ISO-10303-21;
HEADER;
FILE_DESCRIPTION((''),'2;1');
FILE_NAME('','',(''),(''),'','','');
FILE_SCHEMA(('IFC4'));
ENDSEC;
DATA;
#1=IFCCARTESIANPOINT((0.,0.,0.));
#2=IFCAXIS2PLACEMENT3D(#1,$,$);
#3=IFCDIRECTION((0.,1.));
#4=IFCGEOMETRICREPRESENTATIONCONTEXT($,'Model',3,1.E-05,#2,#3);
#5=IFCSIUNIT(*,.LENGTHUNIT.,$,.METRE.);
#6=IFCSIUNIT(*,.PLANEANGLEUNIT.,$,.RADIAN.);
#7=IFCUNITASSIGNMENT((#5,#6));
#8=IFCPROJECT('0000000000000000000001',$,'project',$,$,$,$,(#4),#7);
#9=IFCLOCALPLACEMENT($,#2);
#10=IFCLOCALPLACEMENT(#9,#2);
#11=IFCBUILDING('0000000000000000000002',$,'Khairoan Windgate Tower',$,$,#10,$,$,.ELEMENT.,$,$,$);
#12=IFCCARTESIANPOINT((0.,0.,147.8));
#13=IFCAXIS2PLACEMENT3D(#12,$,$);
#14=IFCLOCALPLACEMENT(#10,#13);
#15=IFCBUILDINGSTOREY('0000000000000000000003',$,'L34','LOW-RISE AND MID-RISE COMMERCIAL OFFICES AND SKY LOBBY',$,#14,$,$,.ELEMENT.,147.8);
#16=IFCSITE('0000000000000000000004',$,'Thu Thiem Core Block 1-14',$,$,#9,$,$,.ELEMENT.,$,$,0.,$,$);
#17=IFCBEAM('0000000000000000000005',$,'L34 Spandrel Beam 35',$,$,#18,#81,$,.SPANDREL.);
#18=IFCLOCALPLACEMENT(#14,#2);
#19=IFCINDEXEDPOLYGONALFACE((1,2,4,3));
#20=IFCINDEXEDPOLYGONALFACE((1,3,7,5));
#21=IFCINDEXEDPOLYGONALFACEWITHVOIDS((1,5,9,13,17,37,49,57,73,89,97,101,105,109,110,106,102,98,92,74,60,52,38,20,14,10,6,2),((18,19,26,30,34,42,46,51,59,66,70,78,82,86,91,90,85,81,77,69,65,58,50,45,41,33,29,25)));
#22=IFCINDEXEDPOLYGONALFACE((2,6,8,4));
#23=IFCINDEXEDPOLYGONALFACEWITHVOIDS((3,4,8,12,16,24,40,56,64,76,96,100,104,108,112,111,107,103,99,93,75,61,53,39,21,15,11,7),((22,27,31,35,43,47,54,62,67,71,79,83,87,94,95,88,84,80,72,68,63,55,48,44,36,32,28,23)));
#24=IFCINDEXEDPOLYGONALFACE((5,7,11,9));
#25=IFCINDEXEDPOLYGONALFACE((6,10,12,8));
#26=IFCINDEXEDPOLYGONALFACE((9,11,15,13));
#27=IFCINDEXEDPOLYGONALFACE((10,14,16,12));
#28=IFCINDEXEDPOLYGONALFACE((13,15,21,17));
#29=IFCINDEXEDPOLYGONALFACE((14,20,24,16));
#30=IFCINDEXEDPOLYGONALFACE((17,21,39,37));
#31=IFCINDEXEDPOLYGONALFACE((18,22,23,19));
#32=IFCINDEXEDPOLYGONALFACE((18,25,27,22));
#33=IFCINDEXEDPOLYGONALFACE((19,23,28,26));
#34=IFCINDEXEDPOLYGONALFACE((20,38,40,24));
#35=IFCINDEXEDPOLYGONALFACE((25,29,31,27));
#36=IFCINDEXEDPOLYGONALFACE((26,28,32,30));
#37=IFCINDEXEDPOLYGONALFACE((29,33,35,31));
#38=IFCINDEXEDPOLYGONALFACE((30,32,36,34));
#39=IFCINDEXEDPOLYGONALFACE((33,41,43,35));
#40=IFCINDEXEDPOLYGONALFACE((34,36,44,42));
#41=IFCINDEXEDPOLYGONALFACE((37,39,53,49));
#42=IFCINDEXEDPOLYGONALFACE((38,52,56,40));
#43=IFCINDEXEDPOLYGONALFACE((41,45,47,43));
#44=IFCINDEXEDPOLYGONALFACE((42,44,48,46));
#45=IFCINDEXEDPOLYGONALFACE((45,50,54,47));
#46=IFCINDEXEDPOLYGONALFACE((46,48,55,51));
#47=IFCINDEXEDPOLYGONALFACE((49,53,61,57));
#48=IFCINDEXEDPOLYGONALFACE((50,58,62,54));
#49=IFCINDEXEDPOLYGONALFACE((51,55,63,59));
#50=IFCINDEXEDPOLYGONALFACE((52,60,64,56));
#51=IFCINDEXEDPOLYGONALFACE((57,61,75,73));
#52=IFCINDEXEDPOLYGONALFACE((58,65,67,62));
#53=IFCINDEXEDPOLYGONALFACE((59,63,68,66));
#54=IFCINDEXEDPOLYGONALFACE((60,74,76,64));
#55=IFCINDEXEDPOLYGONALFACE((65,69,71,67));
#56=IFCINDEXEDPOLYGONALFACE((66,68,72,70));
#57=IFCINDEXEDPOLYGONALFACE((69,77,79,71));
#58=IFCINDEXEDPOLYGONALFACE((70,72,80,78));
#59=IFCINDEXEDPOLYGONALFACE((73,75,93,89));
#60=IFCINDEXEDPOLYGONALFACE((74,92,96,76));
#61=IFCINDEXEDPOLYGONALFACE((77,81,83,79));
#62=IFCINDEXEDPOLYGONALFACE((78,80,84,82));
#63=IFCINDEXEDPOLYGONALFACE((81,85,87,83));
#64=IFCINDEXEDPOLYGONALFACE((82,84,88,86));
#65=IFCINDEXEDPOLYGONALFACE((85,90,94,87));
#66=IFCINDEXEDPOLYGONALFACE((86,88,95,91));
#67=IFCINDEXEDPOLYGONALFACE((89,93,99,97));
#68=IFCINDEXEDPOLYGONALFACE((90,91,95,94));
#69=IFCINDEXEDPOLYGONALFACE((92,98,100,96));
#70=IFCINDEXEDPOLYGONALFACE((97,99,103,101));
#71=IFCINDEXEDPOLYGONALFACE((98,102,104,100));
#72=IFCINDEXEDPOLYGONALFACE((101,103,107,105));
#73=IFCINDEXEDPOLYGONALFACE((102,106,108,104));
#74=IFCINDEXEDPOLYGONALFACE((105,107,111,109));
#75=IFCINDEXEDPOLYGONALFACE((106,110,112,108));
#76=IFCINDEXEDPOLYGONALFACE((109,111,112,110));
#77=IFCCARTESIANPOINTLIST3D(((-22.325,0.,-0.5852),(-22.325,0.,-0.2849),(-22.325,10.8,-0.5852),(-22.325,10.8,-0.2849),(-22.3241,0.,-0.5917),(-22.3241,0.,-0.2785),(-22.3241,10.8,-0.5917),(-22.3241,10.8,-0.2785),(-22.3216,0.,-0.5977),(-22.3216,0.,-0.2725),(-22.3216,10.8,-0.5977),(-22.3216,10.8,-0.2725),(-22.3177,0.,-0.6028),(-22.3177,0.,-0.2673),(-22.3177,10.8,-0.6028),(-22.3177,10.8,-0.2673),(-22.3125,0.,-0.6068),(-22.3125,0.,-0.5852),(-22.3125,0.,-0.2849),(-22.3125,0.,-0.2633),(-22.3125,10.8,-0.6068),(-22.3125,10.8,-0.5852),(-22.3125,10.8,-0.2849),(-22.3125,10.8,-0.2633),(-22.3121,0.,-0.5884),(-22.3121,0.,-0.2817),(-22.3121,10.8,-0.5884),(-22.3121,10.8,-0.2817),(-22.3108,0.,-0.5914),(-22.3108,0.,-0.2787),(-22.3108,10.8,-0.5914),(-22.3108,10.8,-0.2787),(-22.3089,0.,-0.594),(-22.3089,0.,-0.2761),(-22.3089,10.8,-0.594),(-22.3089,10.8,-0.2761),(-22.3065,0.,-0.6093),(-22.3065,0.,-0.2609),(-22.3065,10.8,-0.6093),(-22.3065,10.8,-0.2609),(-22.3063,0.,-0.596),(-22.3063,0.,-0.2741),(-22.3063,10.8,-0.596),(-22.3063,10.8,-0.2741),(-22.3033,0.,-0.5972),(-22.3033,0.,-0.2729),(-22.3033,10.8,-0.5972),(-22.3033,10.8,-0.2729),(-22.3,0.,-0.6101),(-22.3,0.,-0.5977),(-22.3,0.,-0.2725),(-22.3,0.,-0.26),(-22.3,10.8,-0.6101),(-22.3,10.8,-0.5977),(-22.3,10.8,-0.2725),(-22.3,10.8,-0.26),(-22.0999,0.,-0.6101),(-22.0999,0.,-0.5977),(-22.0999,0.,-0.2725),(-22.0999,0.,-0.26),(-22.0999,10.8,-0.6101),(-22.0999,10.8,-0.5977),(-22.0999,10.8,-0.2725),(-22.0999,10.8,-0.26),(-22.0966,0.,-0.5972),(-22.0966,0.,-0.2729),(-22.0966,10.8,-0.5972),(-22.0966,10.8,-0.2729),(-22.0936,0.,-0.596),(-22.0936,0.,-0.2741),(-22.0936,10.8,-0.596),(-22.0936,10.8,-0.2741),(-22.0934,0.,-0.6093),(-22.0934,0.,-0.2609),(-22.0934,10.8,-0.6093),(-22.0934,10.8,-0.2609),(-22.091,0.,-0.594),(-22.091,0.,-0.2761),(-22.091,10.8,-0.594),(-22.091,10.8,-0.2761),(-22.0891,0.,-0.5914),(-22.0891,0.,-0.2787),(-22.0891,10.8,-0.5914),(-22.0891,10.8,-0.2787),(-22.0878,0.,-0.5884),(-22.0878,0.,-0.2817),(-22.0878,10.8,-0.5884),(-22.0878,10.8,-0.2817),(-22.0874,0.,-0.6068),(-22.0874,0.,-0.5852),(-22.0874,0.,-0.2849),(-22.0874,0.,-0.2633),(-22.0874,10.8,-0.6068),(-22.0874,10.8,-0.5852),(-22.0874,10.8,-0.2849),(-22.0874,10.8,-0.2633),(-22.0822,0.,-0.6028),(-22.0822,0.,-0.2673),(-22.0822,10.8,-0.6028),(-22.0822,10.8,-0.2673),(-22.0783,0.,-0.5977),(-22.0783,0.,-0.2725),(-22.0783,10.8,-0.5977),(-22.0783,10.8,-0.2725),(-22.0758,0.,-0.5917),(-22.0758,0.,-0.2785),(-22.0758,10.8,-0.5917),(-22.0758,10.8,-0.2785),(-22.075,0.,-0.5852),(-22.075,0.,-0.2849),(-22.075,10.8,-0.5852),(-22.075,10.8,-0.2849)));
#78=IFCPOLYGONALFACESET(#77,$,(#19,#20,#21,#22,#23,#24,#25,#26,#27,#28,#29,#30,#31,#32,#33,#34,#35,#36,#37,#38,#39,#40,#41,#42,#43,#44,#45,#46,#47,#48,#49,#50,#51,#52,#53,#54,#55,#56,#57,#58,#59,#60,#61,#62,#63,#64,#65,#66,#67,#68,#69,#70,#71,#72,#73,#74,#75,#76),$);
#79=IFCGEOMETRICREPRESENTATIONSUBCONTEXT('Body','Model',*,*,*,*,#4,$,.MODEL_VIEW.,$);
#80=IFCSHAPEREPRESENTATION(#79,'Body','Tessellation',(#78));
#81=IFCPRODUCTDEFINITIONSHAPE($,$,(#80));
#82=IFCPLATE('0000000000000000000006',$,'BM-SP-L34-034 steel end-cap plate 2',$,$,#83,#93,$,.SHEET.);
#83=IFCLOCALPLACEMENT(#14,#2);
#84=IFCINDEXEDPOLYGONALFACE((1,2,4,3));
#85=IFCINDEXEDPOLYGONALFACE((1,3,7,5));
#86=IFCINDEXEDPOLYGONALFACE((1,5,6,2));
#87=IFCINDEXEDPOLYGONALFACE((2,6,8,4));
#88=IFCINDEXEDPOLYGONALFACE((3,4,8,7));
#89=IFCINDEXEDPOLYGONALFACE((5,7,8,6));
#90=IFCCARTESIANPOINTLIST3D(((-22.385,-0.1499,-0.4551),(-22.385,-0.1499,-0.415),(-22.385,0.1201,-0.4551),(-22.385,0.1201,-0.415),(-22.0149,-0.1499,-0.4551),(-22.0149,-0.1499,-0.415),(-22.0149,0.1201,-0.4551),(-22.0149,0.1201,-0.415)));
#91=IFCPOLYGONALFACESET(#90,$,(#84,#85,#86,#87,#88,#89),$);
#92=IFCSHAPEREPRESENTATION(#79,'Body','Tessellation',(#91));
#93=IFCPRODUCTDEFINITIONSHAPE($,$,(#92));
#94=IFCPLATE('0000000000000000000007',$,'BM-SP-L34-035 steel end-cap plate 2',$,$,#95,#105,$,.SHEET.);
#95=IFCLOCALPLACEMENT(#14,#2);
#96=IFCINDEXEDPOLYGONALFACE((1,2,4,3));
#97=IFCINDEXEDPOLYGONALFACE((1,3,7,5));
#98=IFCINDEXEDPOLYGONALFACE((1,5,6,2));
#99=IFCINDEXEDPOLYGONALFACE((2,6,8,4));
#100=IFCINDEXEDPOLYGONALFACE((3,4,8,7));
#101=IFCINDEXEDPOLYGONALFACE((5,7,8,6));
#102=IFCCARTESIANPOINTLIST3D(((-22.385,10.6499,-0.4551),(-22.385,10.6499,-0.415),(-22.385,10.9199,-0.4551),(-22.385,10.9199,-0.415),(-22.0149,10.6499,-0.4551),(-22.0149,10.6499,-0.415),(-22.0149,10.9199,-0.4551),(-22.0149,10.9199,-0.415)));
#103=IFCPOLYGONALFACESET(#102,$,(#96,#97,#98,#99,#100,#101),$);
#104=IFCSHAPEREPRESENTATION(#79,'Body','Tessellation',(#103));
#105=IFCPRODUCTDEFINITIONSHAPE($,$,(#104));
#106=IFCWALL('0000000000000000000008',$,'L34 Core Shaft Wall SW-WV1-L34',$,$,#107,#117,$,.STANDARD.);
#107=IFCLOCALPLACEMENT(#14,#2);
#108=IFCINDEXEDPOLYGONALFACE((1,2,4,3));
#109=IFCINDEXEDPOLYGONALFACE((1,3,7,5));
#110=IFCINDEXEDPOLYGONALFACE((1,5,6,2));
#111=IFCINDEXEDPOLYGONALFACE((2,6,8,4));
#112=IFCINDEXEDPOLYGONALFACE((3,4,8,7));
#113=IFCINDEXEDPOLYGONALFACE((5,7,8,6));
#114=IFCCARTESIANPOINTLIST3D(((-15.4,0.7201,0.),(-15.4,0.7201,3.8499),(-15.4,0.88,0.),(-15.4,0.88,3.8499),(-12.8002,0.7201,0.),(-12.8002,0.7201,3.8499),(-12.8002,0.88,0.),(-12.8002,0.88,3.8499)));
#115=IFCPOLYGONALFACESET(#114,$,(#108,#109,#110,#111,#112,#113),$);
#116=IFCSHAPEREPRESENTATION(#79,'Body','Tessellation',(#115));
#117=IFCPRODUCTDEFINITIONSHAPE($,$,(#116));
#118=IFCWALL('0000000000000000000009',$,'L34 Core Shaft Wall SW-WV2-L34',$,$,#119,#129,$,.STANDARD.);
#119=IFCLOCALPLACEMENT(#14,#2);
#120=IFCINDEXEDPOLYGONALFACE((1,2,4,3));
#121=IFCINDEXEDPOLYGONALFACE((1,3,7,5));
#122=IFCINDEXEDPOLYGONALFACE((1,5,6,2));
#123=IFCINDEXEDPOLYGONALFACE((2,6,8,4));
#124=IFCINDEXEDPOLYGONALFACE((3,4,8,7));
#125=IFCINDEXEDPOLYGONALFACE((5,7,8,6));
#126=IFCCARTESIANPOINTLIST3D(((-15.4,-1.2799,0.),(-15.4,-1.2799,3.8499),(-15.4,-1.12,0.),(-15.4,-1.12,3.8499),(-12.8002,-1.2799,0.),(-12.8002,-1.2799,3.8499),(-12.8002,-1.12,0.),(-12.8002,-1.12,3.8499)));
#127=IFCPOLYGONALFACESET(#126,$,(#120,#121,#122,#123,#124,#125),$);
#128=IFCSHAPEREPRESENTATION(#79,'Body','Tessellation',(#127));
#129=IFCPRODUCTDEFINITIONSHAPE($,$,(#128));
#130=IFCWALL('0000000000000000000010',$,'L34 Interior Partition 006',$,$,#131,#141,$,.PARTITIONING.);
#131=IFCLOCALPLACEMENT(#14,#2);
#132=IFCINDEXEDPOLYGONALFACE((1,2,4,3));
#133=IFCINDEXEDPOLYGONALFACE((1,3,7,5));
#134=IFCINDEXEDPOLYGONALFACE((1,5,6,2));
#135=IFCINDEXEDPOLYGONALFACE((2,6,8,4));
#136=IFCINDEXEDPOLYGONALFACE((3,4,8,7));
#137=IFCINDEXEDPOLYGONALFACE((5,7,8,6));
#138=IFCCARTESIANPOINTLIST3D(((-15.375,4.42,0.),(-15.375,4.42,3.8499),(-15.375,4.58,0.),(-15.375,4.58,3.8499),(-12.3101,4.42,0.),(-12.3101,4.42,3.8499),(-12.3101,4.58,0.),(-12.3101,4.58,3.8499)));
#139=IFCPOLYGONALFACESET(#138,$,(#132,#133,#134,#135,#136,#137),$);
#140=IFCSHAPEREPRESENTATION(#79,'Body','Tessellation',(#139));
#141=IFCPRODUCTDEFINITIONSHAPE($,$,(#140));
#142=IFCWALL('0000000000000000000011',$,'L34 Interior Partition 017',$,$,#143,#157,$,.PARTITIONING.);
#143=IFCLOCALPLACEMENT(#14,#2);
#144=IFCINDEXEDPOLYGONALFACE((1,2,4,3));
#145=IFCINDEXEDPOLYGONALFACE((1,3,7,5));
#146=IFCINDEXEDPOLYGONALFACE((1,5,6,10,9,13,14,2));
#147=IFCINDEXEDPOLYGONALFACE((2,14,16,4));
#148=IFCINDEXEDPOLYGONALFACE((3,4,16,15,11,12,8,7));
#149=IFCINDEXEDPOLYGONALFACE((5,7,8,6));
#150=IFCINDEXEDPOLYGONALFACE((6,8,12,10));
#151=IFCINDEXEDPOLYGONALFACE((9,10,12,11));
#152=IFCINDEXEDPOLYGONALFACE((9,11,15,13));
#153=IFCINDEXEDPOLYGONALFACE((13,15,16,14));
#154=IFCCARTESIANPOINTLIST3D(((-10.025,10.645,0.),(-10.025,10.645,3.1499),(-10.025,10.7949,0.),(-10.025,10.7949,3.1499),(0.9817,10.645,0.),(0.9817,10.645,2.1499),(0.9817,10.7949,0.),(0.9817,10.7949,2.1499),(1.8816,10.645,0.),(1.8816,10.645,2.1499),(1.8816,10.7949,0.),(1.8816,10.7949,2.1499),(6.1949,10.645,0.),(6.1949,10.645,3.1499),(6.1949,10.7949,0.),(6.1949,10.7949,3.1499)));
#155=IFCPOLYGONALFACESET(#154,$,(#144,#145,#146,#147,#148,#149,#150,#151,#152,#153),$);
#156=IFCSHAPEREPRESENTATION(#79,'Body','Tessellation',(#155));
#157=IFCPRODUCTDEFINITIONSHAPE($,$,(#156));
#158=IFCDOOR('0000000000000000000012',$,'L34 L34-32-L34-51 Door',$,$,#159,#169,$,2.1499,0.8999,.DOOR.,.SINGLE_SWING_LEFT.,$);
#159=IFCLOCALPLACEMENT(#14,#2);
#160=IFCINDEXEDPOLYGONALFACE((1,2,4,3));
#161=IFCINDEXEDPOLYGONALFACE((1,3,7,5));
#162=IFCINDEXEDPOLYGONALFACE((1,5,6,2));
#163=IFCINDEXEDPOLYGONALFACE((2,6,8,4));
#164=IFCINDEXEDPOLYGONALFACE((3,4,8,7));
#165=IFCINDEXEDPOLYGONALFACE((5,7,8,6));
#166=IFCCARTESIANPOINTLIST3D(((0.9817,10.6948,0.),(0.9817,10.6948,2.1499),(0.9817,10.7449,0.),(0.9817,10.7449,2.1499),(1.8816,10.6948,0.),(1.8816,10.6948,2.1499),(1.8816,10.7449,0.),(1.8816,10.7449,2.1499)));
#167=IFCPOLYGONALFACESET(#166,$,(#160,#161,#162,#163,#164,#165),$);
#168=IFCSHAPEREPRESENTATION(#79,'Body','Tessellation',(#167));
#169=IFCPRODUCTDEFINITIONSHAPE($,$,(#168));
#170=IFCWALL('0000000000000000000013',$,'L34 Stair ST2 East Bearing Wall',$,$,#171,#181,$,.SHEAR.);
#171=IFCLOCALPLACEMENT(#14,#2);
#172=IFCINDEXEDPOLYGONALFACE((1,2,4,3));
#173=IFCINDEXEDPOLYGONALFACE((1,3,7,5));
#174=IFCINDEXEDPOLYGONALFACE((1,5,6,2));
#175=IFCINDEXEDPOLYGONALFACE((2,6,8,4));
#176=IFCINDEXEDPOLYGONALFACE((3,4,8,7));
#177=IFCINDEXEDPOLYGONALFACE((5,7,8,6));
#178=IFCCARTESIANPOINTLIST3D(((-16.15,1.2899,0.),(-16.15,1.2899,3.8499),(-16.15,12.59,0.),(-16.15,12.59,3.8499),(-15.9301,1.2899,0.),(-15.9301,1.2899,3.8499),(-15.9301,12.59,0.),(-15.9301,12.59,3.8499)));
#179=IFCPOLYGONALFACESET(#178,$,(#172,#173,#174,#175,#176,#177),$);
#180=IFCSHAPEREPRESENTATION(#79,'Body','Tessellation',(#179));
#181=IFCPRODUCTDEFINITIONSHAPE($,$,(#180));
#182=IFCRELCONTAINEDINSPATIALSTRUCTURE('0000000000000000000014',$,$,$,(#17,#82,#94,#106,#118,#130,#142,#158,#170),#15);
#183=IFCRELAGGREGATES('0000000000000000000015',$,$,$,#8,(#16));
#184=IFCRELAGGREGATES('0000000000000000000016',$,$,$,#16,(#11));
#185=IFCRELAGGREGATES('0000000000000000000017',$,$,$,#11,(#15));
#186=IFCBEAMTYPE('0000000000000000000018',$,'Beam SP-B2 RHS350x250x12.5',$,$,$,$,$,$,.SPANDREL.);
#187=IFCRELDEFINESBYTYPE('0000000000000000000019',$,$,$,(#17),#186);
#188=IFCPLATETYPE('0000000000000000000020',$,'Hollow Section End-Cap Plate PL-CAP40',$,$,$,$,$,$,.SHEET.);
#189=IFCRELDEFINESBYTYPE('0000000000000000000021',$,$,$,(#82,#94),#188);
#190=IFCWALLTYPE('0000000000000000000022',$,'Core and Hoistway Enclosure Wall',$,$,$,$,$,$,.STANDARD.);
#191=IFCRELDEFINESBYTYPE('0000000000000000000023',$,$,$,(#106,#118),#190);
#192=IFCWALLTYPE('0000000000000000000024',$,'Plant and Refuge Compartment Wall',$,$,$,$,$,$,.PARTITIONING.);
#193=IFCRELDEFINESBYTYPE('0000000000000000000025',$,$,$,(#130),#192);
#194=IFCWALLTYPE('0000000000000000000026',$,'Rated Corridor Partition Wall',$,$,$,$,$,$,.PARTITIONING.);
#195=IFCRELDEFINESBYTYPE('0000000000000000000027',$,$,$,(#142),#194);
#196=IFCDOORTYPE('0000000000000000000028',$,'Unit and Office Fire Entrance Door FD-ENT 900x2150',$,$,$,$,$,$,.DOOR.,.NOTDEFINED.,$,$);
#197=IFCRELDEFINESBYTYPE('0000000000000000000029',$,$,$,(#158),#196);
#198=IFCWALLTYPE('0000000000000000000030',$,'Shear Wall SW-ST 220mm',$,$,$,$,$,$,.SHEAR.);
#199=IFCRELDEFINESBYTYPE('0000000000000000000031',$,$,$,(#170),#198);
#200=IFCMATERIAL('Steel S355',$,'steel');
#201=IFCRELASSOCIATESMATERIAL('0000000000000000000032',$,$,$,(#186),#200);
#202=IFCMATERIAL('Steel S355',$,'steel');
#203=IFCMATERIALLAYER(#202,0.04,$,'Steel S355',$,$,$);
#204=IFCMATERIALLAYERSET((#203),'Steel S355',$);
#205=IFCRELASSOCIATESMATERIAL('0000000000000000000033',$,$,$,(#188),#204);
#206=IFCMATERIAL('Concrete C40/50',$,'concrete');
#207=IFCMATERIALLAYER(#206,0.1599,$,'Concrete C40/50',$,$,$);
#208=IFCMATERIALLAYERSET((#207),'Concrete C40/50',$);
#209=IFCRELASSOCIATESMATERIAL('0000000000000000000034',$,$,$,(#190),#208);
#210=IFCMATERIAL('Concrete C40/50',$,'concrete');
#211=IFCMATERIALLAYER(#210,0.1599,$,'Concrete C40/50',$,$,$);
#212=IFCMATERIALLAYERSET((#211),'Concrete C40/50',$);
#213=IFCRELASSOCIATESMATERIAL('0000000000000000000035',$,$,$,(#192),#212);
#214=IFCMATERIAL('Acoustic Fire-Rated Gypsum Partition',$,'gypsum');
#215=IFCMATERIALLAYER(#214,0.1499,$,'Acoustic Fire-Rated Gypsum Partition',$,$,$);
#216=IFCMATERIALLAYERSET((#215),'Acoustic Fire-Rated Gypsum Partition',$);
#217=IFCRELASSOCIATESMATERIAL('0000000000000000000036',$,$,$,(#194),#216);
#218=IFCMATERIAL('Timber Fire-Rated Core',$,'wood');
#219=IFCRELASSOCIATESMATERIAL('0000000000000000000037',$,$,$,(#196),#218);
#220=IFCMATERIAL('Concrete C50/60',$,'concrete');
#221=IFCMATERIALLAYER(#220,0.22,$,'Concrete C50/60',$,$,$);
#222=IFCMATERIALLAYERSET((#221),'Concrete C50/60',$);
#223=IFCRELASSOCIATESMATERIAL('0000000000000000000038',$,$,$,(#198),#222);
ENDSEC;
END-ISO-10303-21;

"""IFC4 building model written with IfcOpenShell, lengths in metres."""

from ifc_helpers import new_model, si_unit, direction, frame, frame_2d, origin, origin_2d, place, context, subcontext, project, spatial, rectangle, hollow_rectangle, extrude, material, layer, layer_set, material_profile, profile_set, type_object, element, fill, save


model = new_model("IFC4")

# Units and contexts
model_context = context("Model", 3, precision=1e-05, world=origin(), true_north=direction((0.0, 1.0)))
body_context = subcontext(model_context, "Body", "Model", "MODEL_VIEW")
ifc_project = project(units=[si_unit("LENGTHUNIT", "METRE"), si_unit("PLANEANGLEUNIT", "RADIAN")], contexts=[model_context])

# Site, building, storey
site_placement = place(None, origin())
site = spatial("IfcSite", under=ifc_project, at=site_placement, Name="Thu Thiem Core Block 1-14", CompositionType="ELEMENT", RefElevation=0.0)
building_placement = place(site_placement, origin())
building = spatial("IfcBuilding", under=site, at=building_placement, Name="Khairoan Windgate Tower", CompositionType="ELEMENT")
storey_placement = place(building_placement, frame((0.0, 0.0, 147.8)))
storey = spatial("IfcBuildingStorey", under=building, at=storey_placement, Name="L34", Description="LOW-RISE AND MID-RISE COMMERCIAL OFFICES AND SKY LOBBY", CompositionType="ELEMENT", Elevation=147.8)

# Beam
ifc_material_1 = material(Name="Steel S355", Category="steel")
ifc_material_profile_1 = material_profile(ifc_material_1, hollow_rectangle(XDim=0.25, YDim=0.3501, WallThickness=0.0125, InnerFilletRadius=0.0125, OuterFilletRadius=0.0249, at=origin_2d()))
ifc_profile_set_1 = profile_set([ifc_material_profile_1], Name="Steel S355")
beam_type_1 = type_object("IfcBeamType", Name="Beam SP-B2 RHS350x250x12.5", PredefinedType="SPANDREL", material=ifc_profile_set_1)
beam_1_placement = place(storey_placement, frame((-22.2, 0.0, -0.4351), z_axis=(0.0, 1.0, 0.0), x_axis=(-1.0, 0.0, 0.0)))
element("IfcBeam", 1, at=beam_1_placement, inside=storey, type_object=beam_type_1, Name="L34 Spandrel Beam 35", PredefinedType="SPANDREL", context=body_context, shape_type="SweptSolid", body=[
    extrude(hollow_rectangle(XDim=0.25, YDim=0.3501, WallThickness=0.0125, InnerFilletRadius=0.0125, OuterFilletRadius=0.0249, at=origin_2d()), origin(), (0.0, 0.0, 1.0), 10.8),
])

# Plates
ifc_material_2 = material(Name="Steel S355", Category="steel")
ifc_layer_1 = layer(ifc_material_2, 0.04, Name="Steel S355")
ifc_layer_set_1 = layer_set([ifc_layer_1], Name="Steel S355")
plate_type = type_object("IfcPlateType", Name="Hollow Section End-Cap Plate PL-CAP40", PredefinedType="SHEET", material=ifc_layer_set_1)
for number, where, z_axis, x_axis, name in (
    (2, (-22.2, -0.0149, -0.4551), (0.0, 0.0, 1.0), (0.0, 1.0, 0.0), "BM-SP-L34-034 steel end-cap plate 2"),
    (3, (-22.2, 10.7849, -0.4551), (0.0, 0.0, 1.0), (0.0, 1.0, 0.0), "BM-SP-L34-035 steel end-cap plate 2"),
):
    element("IfcPlate", number, at=place(storey_placement, frame(where, z_axis=z_axis, x_axis=x_axis)), inside=storey, type_object=plate_type, Name=name, PredefinedType="SHEET", context=body_context, shape_type="SweptSolid", body=[
        extrude(rectangle(XDim=0.27, YDim=0.3701, at=origin_2d()), origin(), (0.0, 0.0, 1.0), 0.04),
    ])

# Walls
ifc_material_3 = material(Name="Concrete C40/50", Category="concrete")
ifc_layer_2 = layer(ifc_material_3, 0.1599, Name="Concrete C40/50")
ifc_layer_set_2 = layer_set([ifc_layer_2], Name="Concrete C40/50")
wall_type_1 = type_object("IfcWallType", Name="Core and Hoistway Enclosure Wall", PredefinedType="STANDARD", material=ifc_layer_set_2)
for number, where, z_axis, x_axis, name in (
    (4, (-15.3999, 0.8, 0.0), (0.0, 0.0, 1.0), (1.0, 0.0, 0.0), "L34 Core Shaft Wall SW-WV1-L34"),
    (5, (-15.3999, -1.2, 0.0), (0.0, 0.0, 1.0), (1.0, 0.0, 0.0), "L34 Core Shaft Wall SW-WV2-L34"),
):
    element("IfcWall", number, at=place(storey_placement, frame(where, z_axis=z_axis, x_axis=x_axis)), inside=storey, type_object=wall_type_1, Name=name, PredefinedType="STANDARD", context=body_context, shape_type="SweptSolid", body=[
        extrude(rectangle(XDim=2.5999, YDim=0.1599, at=frame_2d((1.2998, 0.0))), origin(), (0.0, 0.0, 1.0), 3.8499),
    ])
ifc_material_4 = material(Name="Concrete C40/50", Category="concrete")
ifc_layer_3 = layer(ifc_material_4, 0.1599, Name="Concrete C40/50")
ifc_layer_set_3 = layer_set([ifc_layer_3], Name="Concrete C40/50")
wall_type_2 = type_object("IfcWallType", Name="Plant and Refuge Compartment Wall", PredefinedType="PARTITIONING", material=ifc_layer_set_3)
wall_1_placement = place(storey_placement, frame((-15.375, 4.5, 0.0), z_axis=(0.0, 0.0, 1.0), x_axis=(1.0, 0.0, 0.0)))
element("IfcWall", 6, at=wall_1_placement, inside=storey, type_object=wall_type_2, Name="L34 Interior Partition 006", PredefinedType="PARTITIONING", context=body_context, shape_type="SweptSolid", body=[
    extrude(rectangle(XDim=3.0649, YDim=0.1599, at=frame_2d((1.5325, 0.0))), origin(), (0.0, 0.0, 1.0), 3.8499),
])

# Wall, opening, door
ifc_material_5 = material(Name="Acoustic Fire-Rated Gypsum Partition", Category="gypsum")
ifc_layer_4 = layer(ifc_material_5, 0.1499, Name="Acoustic Fire-Rated Gypsum Partition")
ifc_layer_set_4 = layer_set([ifc_layer_4], Name="Acoustic Fire-Rated Gypsum Partition")
wall_type_3 = type_object("IfcWallType", Name="Rated Corridor Partition Wall", PredefinedType="PARTITIONING", material=ifc_layer_set_4)
wall_2_placement = place(storey_placement, frame((-10.0249, 10.72, 0.0), z_axis=(0.0, 0.0, 1.0), x_axis=(1.0, 0.0, 0.0)))
wall_2 = element("IfcWall", 7, at=wall_2_placement, inside=storey, type_object=wall_type_3, Name="L34 Interior Partition 017", PredefinedType="PARTITIONING", context=body_context, shape_type="SweptSolid", body=[
    extrude(rectangle(XDim=16.22, YDim=0.1499, at=frame_2d((8.1099, 0.0))), origin(), (0.0, 0.0, 1.0), 3.1499),
])
opening_1_placement = place(wall_2_placement, frame((11.0066, 0.0, 0.0)))
opening_1 = element("IfcOpeningElement", 8, at=opening_1_placement, cuts=wall_2, PredefinedType="OPENING", context=body_context, shape_type="SweptSolid", body=[
    extrude(rectangle(XDim=0.8999, YDim=2.1499, at=frame_2d((0.45, 1.075))), frame((0.0, 0.085, 0.0), z_axis=(0.0, -1.0, 0.0), x_axis=(1.0, 0.0, 0.0)), (0.0, 0.0, 1.0), 0.1699),
])
ifc_material_6 = material(Name="Timber Fire-Rated Core", Category="wood")
door_type_1 = type_object("IfcDoorType", Name="Unit and Office Fire Entrance Door FD-ENT 900x2150", OperationType="NOTDEFINED", PredefinedType="DOOR", material=ifc_material_6)
door_1_placement = place(opening_1_placement, origin())
door_1 = element("IfcDoor", 9, at=door_1_placement, inside=storey, type_object=door_type_1, Name="L34 L34-32-L34-51 Door", OperationType="SINGLE_SWING_LEFT", OverallHeight=2.1499, OverallWidth=0.8999, PredefinedType="DOOR", context=body_context, shape_type="SweptSolid", body=[
    extrude(rectangle(XDim=0.8999, YDim=2.1499, at=frame_2d((0.45, 1.075))), frame((0.0, 0.0249, 0.0), z_axis=(0.0, -1.0, 0.0), x_axis=(1.0, 0.0, 0.0)), (0.0, 0.0, 1.0), 0.05),
])
fill(opening_1, door_1)

# Wall
ifc_material_7 = material(Name="Concrete C50/60", Category="concrete")
ifc_layer_5 = layer(ifc_material_7, 0.22, Name="Concrete C50/60")
ifc_layer_set_5 = layer_set([ifc_layer_5], Name="Concrete C50/60")
wall_type_4 = type_object("IfcWallType", Name="Shear Wall SW-ST 220mm", PredefinedType="SHEAR", material=ifc_layer_set_5)
for number, where, z_axis, x_axis, name in (
    (10, (-16.04, 1.29, 0.0), (0.0, 0.0, 1.0), (0.0, 1.0, 0.0), "L34 Stair ST2 East Bearing Wall"),
):
    element("IfcWall", number, at=place(storey_placement, frame(where, z_axis=z_axis, x_axis=x_axis)), inside=storey, type_object=wall_type_4, Name=name, PredefinedType="SHEAR", context=body_context, shape_type="SweptSolid", body=[
        extrude(rectangle(XDim=11.3, YDim=0.22, at=frame_2d((5.6499, 0.0))), origin(), (0.0, 0.0, 1.0), 3.8499),
    ])

save(model, "model.ifc")
